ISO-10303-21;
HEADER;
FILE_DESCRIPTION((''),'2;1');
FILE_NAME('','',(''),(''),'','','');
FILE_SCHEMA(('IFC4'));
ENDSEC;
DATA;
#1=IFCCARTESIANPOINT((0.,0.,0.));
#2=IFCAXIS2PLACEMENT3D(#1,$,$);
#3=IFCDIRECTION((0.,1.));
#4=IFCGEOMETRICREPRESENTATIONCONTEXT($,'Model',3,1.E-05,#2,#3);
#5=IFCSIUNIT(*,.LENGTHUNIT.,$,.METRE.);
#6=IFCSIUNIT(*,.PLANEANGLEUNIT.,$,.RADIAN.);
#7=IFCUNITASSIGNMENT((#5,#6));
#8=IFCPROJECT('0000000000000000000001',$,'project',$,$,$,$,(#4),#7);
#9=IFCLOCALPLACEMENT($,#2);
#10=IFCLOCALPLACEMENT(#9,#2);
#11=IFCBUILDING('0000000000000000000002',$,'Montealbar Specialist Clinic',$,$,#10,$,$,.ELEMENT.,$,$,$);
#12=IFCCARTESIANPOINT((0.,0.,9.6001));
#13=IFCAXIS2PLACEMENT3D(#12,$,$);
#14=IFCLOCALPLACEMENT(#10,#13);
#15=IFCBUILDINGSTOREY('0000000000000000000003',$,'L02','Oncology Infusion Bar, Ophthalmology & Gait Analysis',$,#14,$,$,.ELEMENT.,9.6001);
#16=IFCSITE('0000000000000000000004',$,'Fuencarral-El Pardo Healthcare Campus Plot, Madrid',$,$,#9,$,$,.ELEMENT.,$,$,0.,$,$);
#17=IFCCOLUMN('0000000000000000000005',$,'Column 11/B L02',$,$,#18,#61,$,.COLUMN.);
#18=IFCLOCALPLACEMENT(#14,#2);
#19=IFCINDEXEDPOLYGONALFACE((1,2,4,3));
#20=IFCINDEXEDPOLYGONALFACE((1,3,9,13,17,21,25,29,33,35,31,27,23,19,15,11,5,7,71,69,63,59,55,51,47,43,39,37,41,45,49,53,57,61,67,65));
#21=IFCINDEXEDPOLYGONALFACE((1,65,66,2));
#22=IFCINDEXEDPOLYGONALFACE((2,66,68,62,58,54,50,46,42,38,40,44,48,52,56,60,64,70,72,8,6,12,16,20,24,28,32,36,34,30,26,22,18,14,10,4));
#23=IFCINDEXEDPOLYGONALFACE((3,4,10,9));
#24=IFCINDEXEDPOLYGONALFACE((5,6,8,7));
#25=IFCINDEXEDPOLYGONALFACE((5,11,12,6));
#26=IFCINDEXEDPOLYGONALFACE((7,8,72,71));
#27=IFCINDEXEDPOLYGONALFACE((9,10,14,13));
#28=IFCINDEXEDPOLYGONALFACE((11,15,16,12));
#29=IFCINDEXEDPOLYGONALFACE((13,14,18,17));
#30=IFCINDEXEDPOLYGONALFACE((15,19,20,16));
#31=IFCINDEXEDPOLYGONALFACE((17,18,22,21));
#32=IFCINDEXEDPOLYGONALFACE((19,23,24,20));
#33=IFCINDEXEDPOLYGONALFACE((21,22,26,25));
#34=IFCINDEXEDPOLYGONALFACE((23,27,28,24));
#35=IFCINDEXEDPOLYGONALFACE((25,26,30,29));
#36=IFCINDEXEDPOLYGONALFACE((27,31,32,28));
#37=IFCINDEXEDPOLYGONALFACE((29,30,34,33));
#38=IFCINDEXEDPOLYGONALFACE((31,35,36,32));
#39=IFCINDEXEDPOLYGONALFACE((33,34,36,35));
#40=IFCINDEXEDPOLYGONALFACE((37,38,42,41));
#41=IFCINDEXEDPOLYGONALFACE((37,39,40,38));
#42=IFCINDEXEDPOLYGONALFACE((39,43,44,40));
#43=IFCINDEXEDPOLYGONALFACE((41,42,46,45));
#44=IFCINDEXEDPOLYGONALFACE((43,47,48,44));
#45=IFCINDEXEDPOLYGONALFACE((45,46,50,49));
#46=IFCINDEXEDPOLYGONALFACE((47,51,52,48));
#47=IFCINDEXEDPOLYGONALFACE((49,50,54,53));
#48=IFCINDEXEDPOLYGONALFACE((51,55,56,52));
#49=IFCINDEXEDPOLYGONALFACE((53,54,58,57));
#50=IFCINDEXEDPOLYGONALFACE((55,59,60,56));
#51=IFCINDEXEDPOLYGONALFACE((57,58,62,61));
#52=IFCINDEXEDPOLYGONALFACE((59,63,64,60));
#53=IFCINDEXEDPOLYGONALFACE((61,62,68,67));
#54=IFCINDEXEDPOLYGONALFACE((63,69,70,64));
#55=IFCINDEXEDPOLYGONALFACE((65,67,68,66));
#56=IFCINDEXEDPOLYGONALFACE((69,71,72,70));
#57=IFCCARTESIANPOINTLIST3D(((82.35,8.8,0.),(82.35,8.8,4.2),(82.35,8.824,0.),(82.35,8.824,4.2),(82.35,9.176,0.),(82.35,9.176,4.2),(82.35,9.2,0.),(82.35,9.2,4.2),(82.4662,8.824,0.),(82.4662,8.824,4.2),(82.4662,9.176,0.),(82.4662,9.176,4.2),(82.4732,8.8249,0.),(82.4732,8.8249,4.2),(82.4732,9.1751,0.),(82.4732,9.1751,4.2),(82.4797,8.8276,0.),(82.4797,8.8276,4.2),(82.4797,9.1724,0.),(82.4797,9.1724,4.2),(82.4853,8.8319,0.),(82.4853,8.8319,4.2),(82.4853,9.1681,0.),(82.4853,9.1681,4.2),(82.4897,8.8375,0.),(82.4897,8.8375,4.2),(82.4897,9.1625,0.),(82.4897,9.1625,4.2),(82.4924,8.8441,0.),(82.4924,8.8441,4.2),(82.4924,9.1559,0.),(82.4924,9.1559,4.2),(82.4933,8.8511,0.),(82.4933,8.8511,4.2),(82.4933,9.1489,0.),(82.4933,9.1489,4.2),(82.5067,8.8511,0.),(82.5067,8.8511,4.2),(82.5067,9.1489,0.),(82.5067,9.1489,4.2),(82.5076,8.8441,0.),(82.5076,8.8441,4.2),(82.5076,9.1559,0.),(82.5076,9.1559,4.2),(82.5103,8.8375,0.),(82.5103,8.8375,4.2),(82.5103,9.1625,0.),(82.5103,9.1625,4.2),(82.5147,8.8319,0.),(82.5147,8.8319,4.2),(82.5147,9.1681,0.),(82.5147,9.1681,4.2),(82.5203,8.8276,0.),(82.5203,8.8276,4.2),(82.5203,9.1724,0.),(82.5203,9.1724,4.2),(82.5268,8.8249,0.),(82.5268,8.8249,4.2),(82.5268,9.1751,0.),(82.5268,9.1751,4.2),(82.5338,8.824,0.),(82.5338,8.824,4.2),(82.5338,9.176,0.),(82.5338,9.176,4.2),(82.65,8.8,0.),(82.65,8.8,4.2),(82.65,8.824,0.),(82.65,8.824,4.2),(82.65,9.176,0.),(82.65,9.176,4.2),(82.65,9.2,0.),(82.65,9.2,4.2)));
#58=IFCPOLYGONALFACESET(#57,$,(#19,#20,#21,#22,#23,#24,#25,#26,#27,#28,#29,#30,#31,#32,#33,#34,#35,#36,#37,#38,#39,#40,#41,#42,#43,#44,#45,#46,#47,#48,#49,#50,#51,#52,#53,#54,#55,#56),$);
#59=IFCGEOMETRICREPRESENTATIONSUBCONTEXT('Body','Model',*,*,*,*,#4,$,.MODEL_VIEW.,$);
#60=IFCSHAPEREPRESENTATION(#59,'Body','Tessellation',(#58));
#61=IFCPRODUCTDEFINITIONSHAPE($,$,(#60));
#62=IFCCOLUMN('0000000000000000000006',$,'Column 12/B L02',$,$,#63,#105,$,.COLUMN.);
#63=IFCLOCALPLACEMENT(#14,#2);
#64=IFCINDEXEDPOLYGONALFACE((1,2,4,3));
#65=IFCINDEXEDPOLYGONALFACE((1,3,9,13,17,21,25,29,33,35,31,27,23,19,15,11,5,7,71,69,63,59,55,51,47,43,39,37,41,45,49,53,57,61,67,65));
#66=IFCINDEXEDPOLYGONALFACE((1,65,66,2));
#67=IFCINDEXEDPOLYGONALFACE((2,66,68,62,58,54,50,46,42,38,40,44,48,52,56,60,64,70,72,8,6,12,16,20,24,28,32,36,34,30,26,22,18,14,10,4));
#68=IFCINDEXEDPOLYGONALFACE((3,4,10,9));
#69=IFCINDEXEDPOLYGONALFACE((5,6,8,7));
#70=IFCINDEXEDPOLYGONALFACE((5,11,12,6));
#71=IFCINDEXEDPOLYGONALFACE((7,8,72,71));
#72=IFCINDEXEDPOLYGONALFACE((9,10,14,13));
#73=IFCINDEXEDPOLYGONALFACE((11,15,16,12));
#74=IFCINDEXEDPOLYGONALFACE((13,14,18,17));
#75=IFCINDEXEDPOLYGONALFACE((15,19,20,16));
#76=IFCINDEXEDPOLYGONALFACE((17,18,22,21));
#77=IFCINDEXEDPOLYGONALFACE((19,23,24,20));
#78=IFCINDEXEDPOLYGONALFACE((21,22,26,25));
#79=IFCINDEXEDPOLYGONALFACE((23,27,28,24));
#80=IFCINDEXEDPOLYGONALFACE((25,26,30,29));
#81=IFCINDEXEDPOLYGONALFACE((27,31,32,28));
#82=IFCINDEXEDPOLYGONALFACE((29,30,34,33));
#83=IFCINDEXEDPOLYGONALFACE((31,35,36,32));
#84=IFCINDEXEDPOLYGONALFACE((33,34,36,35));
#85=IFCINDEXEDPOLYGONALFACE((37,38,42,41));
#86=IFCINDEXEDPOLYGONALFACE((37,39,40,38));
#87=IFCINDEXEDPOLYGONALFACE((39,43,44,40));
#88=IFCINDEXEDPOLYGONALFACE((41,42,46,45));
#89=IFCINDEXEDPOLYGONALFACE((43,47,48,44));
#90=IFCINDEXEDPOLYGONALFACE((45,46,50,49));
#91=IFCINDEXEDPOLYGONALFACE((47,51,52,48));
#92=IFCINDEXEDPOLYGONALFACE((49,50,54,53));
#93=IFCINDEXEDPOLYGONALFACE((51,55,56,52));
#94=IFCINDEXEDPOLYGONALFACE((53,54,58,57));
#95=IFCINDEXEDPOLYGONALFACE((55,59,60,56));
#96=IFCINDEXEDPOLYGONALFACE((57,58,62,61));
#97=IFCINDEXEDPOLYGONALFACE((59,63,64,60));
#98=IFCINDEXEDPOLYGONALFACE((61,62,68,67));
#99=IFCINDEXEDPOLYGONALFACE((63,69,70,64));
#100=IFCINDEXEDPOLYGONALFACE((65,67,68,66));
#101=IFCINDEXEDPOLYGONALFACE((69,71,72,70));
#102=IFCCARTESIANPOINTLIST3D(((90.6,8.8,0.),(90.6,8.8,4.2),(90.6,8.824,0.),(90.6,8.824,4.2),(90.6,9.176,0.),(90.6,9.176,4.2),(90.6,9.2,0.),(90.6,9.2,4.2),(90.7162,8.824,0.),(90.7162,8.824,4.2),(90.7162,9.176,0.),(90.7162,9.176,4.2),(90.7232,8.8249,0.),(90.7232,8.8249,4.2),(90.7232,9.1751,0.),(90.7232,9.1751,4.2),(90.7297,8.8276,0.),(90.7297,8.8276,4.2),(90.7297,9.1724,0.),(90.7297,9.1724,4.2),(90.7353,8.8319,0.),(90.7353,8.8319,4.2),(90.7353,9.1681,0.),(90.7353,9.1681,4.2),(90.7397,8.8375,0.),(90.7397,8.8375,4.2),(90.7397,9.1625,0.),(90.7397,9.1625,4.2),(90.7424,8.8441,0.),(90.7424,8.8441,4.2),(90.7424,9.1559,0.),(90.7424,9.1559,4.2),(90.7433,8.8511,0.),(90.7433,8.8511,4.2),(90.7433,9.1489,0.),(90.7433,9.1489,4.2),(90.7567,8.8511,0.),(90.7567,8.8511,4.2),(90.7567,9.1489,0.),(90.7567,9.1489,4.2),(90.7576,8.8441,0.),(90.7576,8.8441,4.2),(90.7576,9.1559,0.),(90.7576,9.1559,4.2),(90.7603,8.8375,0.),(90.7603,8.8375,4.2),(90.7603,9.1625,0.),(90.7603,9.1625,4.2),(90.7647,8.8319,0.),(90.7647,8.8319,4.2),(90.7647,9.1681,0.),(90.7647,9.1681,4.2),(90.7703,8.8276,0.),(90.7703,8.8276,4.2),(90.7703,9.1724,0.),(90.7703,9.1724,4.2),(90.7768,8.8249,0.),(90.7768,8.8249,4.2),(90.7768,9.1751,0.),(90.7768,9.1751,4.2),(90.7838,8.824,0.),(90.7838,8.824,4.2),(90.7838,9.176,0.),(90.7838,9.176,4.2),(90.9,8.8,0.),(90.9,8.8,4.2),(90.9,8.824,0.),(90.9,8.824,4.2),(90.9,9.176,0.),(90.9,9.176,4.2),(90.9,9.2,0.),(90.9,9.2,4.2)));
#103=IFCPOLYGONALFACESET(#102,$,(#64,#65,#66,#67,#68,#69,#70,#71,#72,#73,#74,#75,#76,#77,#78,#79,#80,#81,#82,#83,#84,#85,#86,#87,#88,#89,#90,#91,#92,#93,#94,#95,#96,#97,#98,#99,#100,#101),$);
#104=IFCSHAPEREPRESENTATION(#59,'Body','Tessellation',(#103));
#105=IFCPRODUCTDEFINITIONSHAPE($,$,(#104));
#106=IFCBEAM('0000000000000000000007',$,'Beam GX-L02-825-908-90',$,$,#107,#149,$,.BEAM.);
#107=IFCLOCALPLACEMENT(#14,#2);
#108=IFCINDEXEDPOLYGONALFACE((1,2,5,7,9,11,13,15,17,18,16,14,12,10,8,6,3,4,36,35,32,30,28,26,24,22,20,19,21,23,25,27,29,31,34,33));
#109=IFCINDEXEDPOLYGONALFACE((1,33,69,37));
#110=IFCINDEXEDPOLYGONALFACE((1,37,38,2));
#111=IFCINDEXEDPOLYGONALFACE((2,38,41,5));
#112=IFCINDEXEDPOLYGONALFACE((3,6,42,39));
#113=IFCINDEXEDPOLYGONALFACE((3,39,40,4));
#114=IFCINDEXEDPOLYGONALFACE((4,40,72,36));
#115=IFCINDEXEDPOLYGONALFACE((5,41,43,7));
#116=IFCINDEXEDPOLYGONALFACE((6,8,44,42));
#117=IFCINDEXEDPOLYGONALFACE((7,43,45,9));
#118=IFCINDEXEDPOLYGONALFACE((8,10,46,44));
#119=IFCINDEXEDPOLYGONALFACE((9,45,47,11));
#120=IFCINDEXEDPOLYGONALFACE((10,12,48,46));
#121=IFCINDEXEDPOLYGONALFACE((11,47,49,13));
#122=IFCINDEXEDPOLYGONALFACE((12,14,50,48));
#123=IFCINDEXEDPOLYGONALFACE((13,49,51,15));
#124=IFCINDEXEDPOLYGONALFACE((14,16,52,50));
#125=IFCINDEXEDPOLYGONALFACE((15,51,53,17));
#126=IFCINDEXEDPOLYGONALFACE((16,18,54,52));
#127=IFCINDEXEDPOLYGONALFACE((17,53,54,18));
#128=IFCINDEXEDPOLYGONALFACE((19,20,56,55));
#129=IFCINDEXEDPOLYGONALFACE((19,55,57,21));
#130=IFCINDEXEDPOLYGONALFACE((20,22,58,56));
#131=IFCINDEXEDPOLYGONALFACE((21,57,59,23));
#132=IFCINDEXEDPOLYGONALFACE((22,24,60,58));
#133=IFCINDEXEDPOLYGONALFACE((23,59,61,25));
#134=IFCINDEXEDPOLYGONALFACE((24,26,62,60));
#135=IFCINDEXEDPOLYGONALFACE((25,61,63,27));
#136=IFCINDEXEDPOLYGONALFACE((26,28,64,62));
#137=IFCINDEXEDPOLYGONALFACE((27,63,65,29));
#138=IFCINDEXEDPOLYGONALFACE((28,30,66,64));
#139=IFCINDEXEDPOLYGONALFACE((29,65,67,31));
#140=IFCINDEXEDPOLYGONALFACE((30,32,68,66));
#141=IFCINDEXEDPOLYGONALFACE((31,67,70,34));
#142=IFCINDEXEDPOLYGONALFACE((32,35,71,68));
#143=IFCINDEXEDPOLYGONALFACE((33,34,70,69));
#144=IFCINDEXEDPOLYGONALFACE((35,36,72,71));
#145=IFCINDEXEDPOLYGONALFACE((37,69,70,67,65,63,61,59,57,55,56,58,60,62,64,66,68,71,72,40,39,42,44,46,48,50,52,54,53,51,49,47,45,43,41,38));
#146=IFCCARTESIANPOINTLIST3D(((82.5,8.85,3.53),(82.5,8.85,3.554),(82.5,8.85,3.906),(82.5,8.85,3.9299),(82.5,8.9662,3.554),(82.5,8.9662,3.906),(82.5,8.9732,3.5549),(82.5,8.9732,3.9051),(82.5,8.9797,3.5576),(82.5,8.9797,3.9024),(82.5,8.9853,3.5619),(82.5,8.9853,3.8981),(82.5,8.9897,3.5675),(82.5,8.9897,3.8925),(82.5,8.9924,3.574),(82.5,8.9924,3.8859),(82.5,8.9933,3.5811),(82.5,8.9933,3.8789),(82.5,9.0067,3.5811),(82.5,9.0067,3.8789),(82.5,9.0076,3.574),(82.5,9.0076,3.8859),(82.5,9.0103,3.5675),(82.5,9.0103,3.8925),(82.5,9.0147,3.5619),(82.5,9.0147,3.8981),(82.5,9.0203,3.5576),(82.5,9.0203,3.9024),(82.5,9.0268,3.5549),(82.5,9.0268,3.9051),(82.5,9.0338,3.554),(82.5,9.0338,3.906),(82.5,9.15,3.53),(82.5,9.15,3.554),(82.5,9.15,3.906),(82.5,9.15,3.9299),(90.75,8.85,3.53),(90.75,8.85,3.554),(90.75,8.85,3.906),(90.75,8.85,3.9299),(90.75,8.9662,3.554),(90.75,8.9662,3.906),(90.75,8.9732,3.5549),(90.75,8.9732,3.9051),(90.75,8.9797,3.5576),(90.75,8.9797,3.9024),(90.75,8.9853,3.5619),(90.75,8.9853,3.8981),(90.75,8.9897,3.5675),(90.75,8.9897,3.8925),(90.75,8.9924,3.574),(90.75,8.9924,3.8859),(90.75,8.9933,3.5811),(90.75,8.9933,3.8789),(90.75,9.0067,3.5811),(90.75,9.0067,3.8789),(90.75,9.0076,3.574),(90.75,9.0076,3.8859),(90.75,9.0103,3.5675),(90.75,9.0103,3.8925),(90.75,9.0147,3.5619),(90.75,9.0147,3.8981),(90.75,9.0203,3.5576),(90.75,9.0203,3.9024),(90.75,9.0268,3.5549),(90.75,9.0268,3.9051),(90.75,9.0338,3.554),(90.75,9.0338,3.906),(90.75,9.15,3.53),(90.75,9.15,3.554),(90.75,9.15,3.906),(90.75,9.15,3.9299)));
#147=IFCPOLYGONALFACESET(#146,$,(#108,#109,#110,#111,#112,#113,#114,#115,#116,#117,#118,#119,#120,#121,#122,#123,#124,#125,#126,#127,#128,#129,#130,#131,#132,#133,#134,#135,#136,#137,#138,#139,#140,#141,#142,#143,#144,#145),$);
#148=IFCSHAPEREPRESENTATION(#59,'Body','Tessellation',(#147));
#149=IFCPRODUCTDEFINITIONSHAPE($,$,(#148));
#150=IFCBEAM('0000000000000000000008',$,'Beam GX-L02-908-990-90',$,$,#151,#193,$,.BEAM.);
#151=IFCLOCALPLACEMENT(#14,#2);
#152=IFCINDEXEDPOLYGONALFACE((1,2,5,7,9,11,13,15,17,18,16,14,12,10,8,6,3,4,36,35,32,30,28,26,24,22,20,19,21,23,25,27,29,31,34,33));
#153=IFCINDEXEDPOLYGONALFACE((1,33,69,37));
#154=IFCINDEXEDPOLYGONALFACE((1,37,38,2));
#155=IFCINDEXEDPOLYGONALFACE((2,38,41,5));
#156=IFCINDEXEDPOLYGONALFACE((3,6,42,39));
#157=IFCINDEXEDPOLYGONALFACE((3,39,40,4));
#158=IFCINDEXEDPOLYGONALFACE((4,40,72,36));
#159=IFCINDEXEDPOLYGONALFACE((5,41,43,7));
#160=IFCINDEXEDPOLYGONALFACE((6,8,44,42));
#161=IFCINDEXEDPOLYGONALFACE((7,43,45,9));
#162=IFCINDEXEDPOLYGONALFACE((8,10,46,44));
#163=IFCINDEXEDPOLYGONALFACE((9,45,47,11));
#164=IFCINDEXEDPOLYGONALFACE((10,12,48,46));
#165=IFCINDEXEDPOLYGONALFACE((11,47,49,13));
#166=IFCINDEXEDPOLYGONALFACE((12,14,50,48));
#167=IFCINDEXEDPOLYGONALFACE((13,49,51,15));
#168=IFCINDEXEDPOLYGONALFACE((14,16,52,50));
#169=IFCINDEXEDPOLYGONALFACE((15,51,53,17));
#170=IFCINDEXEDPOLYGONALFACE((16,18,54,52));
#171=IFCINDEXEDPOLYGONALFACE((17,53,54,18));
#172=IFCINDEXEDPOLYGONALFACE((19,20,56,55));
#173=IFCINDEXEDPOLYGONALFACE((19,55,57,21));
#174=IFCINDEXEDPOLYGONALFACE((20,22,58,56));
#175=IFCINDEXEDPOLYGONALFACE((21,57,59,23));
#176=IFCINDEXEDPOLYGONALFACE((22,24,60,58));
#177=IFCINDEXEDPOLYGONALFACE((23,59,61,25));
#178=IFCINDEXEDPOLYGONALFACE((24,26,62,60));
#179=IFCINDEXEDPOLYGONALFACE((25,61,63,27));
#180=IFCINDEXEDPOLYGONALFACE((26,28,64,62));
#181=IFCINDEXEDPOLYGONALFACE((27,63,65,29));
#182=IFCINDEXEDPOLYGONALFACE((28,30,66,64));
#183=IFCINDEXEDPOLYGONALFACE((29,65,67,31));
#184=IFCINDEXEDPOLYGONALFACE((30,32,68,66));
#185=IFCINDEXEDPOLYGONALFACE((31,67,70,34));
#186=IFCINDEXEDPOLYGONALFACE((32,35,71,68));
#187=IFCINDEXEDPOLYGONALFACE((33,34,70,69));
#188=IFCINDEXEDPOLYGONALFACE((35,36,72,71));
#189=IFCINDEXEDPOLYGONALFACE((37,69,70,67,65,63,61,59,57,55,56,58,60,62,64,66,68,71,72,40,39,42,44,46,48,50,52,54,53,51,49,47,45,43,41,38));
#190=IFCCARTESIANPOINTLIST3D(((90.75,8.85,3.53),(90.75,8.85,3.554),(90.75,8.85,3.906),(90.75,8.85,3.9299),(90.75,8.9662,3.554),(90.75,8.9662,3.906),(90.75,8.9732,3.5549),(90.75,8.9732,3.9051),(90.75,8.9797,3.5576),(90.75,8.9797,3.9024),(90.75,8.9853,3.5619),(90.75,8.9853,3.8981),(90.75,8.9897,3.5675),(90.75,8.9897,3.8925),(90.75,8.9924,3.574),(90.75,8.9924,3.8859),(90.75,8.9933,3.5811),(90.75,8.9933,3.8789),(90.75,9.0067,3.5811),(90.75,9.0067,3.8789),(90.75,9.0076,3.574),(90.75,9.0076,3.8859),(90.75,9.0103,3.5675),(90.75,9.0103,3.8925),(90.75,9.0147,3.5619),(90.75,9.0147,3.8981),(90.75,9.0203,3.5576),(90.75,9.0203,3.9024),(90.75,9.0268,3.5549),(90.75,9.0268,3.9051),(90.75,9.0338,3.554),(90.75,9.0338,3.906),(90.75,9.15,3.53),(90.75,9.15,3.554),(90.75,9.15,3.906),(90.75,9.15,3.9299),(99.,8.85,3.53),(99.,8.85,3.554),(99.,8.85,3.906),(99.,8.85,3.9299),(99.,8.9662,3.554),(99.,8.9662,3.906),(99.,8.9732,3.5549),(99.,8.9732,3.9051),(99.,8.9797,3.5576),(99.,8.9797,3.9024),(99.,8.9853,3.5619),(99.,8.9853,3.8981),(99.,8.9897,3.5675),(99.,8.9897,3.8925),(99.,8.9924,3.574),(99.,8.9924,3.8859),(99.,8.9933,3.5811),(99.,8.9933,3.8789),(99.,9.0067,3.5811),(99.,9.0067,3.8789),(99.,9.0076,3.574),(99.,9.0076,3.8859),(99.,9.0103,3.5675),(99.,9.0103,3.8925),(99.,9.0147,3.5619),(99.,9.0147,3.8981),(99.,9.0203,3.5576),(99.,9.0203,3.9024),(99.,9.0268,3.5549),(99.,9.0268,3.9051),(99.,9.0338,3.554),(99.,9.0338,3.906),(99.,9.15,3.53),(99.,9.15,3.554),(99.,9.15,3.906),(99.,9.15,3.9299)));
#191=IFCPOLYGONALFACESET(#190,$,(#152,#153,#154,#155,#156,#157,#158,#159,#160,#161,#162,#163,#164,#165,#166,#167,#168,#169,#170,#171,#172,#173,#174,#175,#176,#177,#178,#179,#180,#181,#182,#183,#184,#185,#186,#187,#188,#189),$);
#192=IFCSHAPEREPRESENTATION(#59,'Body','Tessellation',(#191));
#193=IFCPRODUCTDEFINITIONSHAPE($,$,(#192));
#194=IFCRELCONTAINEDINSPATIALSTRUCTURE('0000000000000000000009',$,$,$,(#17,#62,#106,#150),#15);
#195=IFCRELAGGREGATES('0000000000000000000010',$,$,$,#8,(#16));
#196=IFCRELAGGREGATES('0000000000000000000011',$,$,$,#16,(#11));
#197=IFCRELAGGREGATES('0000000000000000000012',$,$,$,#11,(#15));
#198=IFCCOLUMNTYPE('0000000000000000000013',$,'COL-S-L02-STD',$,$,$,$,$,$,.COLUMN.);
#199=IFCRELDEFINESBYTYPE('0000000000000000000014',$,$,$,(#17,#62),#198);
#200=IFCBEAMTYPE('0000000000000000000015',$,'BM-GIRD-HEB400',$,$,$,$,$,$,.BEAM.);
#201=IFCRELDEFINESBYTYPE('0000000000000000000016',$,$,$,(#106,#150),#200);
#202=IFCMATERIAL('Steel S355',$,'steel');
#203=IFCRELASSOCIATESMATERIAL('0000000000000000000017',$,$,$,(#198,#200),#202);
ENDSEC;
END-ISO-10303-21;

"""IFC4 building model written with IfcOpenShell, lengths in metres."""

from ifc_helpers import new_model, si_unit, direction, frame, origin, origin_2d, place, context, subcontext, project, spatial, i_section, extrude, material, material_profile, profile_set, type_object, element, save


model = new_model("IFC4")

# Units and contexts
model_context = context("Model", 3, precision=1e-05, world=origin(), true_north=direction((0.0, 1.0)))
body_context = subcontext(model_context, "Body", "Model", "MODEL_VIEW")
ifc_project = project(units=[si_unit("LENGTHUNIT", "METRE"), si_unit("PLANEANGLEUNIT", "RADIAN")], contexts=[model_context])

# Site, building, storey
site_placement = place(None, origin())
site = spatial("IfcSite", under=ifc_project, at=site_placement, Name="Fuencarral-El Pardo Healthcare Campus Plot, Madrid", CompositionType="ELEMENT", RefElevation=0.0)
building_placement = place(site_placement, origin())
building = spatial("IfcBuilding", under=site, at=building_placement, Name="Montealbar Specialist Clinic", CompositionType="ELEMENT")
storey_placement = place(building_placement, frame((0.0, 0.0, 9.6001)))
storey = spatial("IfcBuildingStorey", under=building, at=storey_placement, Name="L02", Description="Oncology Infusion Bar, Ophthalmology & Gait Analysis", CompositionType="ELEMENT", Elevation=9.6001)

# Columns
ifc_material_1 = material(Name="Steel S355", Category="steel")
ifc_material_profile_1 = material_profile(ifc_material_1, i_section(OverallWidth=0.3, OverallDepth=0.3999, WebThickness=0.0134, FlangeThickness=0.0239, FilletRadius=0.0271, at=origin_2d()), Name="HEB 400", Category="steel")
ifc_profile_set_1 = profile_set([ifc_material_profile_1], Name="Steel S355")
column_type = type_object("IfcColumnType", Name="COL-S-L02-STD", PredefinedType="COLUMN", material=ifc_profile_set_1)
for number, where, z_axis, x_axis, name in (
    (1, (82.5, 9.0, 0.0), (0.0, 0.0, 1.0), (1.0, 0.0, 0.0), "Column 11/B L02"),
    (2, (90.75, 9.0, 0.0), (0.0, 0.0, 1.0), (1.0, 0.0, 0.0), "Column 12/B L02"),
):
    element("IfcColumn", number, at=place(storey_placement, frame(where, z_axis=z_axis, x_axis=x_axis)), inside=storey, type_object=column_type, Name=name, PredefinedType="COLUMN", context=body_context, shape_type="SweptSolid", body=[
        extrude(i_section(OverallWidth=0.3, OverallDepth=0.3999, WebThickness=0.0134, FlangeThickness=0.0239, FilletRadius=0.0271, at=origin_2d()), origin(), (0.0, 0.0, 1.0), 4.2),
    ])

# Beams
ifc_material_profile_2 = material_profile(ifc_material_1, i_section(OverallWidth=0.3, OverallDepth=0.3999, WebThickness=0.0134, FlangeThickness=0.0239, FilletRadius=0.0271, at=origin_2d()), Name="HEB 400", Category="steel")
ifc_profile_set_2 = profile_set([ifc_material_profile_2], Name="Steel S355")
beam_type_1 = type_object("IfcBeamType", Name="BM-GIRD-HEB400", PredefinedType="BEAM", material=ifc_profile_set_2)
for number, where, z_axis, x_axis, name in (
    (3, (82.5, 9.0, 3.73), (1.0, 0.0, 0.0), (0.0, 1.0, 0.0), "Beam GX-L02-825-908-90"),
    (4, (90.75, 9.0, 3.73), (1.0, 0.0, 0.0), (0.0, 1.0, 0.0), "Beam GX-L02-908-990-90"),
):
    element("IfcBeam", number, at=place(storey_placement, frame(where, z_axis=z_axis, x_axis=x_axis)), inside=storey, type_object=beam_type_1, Name=name, PredefinedType="BEAM", context=body_context, shape_type="SweptSolid", body=[
        extrude(i_section(OverallWidth=0.3, OverallDepth=0.3999, WebThickness=0.0134, FlangeThickness=0.0239, FilletRadius=0.0271, at=origin_2d()), origin(), (0.0, 0.0, 1.0), 8.25),
    ])

save(model, "model.ifc")
